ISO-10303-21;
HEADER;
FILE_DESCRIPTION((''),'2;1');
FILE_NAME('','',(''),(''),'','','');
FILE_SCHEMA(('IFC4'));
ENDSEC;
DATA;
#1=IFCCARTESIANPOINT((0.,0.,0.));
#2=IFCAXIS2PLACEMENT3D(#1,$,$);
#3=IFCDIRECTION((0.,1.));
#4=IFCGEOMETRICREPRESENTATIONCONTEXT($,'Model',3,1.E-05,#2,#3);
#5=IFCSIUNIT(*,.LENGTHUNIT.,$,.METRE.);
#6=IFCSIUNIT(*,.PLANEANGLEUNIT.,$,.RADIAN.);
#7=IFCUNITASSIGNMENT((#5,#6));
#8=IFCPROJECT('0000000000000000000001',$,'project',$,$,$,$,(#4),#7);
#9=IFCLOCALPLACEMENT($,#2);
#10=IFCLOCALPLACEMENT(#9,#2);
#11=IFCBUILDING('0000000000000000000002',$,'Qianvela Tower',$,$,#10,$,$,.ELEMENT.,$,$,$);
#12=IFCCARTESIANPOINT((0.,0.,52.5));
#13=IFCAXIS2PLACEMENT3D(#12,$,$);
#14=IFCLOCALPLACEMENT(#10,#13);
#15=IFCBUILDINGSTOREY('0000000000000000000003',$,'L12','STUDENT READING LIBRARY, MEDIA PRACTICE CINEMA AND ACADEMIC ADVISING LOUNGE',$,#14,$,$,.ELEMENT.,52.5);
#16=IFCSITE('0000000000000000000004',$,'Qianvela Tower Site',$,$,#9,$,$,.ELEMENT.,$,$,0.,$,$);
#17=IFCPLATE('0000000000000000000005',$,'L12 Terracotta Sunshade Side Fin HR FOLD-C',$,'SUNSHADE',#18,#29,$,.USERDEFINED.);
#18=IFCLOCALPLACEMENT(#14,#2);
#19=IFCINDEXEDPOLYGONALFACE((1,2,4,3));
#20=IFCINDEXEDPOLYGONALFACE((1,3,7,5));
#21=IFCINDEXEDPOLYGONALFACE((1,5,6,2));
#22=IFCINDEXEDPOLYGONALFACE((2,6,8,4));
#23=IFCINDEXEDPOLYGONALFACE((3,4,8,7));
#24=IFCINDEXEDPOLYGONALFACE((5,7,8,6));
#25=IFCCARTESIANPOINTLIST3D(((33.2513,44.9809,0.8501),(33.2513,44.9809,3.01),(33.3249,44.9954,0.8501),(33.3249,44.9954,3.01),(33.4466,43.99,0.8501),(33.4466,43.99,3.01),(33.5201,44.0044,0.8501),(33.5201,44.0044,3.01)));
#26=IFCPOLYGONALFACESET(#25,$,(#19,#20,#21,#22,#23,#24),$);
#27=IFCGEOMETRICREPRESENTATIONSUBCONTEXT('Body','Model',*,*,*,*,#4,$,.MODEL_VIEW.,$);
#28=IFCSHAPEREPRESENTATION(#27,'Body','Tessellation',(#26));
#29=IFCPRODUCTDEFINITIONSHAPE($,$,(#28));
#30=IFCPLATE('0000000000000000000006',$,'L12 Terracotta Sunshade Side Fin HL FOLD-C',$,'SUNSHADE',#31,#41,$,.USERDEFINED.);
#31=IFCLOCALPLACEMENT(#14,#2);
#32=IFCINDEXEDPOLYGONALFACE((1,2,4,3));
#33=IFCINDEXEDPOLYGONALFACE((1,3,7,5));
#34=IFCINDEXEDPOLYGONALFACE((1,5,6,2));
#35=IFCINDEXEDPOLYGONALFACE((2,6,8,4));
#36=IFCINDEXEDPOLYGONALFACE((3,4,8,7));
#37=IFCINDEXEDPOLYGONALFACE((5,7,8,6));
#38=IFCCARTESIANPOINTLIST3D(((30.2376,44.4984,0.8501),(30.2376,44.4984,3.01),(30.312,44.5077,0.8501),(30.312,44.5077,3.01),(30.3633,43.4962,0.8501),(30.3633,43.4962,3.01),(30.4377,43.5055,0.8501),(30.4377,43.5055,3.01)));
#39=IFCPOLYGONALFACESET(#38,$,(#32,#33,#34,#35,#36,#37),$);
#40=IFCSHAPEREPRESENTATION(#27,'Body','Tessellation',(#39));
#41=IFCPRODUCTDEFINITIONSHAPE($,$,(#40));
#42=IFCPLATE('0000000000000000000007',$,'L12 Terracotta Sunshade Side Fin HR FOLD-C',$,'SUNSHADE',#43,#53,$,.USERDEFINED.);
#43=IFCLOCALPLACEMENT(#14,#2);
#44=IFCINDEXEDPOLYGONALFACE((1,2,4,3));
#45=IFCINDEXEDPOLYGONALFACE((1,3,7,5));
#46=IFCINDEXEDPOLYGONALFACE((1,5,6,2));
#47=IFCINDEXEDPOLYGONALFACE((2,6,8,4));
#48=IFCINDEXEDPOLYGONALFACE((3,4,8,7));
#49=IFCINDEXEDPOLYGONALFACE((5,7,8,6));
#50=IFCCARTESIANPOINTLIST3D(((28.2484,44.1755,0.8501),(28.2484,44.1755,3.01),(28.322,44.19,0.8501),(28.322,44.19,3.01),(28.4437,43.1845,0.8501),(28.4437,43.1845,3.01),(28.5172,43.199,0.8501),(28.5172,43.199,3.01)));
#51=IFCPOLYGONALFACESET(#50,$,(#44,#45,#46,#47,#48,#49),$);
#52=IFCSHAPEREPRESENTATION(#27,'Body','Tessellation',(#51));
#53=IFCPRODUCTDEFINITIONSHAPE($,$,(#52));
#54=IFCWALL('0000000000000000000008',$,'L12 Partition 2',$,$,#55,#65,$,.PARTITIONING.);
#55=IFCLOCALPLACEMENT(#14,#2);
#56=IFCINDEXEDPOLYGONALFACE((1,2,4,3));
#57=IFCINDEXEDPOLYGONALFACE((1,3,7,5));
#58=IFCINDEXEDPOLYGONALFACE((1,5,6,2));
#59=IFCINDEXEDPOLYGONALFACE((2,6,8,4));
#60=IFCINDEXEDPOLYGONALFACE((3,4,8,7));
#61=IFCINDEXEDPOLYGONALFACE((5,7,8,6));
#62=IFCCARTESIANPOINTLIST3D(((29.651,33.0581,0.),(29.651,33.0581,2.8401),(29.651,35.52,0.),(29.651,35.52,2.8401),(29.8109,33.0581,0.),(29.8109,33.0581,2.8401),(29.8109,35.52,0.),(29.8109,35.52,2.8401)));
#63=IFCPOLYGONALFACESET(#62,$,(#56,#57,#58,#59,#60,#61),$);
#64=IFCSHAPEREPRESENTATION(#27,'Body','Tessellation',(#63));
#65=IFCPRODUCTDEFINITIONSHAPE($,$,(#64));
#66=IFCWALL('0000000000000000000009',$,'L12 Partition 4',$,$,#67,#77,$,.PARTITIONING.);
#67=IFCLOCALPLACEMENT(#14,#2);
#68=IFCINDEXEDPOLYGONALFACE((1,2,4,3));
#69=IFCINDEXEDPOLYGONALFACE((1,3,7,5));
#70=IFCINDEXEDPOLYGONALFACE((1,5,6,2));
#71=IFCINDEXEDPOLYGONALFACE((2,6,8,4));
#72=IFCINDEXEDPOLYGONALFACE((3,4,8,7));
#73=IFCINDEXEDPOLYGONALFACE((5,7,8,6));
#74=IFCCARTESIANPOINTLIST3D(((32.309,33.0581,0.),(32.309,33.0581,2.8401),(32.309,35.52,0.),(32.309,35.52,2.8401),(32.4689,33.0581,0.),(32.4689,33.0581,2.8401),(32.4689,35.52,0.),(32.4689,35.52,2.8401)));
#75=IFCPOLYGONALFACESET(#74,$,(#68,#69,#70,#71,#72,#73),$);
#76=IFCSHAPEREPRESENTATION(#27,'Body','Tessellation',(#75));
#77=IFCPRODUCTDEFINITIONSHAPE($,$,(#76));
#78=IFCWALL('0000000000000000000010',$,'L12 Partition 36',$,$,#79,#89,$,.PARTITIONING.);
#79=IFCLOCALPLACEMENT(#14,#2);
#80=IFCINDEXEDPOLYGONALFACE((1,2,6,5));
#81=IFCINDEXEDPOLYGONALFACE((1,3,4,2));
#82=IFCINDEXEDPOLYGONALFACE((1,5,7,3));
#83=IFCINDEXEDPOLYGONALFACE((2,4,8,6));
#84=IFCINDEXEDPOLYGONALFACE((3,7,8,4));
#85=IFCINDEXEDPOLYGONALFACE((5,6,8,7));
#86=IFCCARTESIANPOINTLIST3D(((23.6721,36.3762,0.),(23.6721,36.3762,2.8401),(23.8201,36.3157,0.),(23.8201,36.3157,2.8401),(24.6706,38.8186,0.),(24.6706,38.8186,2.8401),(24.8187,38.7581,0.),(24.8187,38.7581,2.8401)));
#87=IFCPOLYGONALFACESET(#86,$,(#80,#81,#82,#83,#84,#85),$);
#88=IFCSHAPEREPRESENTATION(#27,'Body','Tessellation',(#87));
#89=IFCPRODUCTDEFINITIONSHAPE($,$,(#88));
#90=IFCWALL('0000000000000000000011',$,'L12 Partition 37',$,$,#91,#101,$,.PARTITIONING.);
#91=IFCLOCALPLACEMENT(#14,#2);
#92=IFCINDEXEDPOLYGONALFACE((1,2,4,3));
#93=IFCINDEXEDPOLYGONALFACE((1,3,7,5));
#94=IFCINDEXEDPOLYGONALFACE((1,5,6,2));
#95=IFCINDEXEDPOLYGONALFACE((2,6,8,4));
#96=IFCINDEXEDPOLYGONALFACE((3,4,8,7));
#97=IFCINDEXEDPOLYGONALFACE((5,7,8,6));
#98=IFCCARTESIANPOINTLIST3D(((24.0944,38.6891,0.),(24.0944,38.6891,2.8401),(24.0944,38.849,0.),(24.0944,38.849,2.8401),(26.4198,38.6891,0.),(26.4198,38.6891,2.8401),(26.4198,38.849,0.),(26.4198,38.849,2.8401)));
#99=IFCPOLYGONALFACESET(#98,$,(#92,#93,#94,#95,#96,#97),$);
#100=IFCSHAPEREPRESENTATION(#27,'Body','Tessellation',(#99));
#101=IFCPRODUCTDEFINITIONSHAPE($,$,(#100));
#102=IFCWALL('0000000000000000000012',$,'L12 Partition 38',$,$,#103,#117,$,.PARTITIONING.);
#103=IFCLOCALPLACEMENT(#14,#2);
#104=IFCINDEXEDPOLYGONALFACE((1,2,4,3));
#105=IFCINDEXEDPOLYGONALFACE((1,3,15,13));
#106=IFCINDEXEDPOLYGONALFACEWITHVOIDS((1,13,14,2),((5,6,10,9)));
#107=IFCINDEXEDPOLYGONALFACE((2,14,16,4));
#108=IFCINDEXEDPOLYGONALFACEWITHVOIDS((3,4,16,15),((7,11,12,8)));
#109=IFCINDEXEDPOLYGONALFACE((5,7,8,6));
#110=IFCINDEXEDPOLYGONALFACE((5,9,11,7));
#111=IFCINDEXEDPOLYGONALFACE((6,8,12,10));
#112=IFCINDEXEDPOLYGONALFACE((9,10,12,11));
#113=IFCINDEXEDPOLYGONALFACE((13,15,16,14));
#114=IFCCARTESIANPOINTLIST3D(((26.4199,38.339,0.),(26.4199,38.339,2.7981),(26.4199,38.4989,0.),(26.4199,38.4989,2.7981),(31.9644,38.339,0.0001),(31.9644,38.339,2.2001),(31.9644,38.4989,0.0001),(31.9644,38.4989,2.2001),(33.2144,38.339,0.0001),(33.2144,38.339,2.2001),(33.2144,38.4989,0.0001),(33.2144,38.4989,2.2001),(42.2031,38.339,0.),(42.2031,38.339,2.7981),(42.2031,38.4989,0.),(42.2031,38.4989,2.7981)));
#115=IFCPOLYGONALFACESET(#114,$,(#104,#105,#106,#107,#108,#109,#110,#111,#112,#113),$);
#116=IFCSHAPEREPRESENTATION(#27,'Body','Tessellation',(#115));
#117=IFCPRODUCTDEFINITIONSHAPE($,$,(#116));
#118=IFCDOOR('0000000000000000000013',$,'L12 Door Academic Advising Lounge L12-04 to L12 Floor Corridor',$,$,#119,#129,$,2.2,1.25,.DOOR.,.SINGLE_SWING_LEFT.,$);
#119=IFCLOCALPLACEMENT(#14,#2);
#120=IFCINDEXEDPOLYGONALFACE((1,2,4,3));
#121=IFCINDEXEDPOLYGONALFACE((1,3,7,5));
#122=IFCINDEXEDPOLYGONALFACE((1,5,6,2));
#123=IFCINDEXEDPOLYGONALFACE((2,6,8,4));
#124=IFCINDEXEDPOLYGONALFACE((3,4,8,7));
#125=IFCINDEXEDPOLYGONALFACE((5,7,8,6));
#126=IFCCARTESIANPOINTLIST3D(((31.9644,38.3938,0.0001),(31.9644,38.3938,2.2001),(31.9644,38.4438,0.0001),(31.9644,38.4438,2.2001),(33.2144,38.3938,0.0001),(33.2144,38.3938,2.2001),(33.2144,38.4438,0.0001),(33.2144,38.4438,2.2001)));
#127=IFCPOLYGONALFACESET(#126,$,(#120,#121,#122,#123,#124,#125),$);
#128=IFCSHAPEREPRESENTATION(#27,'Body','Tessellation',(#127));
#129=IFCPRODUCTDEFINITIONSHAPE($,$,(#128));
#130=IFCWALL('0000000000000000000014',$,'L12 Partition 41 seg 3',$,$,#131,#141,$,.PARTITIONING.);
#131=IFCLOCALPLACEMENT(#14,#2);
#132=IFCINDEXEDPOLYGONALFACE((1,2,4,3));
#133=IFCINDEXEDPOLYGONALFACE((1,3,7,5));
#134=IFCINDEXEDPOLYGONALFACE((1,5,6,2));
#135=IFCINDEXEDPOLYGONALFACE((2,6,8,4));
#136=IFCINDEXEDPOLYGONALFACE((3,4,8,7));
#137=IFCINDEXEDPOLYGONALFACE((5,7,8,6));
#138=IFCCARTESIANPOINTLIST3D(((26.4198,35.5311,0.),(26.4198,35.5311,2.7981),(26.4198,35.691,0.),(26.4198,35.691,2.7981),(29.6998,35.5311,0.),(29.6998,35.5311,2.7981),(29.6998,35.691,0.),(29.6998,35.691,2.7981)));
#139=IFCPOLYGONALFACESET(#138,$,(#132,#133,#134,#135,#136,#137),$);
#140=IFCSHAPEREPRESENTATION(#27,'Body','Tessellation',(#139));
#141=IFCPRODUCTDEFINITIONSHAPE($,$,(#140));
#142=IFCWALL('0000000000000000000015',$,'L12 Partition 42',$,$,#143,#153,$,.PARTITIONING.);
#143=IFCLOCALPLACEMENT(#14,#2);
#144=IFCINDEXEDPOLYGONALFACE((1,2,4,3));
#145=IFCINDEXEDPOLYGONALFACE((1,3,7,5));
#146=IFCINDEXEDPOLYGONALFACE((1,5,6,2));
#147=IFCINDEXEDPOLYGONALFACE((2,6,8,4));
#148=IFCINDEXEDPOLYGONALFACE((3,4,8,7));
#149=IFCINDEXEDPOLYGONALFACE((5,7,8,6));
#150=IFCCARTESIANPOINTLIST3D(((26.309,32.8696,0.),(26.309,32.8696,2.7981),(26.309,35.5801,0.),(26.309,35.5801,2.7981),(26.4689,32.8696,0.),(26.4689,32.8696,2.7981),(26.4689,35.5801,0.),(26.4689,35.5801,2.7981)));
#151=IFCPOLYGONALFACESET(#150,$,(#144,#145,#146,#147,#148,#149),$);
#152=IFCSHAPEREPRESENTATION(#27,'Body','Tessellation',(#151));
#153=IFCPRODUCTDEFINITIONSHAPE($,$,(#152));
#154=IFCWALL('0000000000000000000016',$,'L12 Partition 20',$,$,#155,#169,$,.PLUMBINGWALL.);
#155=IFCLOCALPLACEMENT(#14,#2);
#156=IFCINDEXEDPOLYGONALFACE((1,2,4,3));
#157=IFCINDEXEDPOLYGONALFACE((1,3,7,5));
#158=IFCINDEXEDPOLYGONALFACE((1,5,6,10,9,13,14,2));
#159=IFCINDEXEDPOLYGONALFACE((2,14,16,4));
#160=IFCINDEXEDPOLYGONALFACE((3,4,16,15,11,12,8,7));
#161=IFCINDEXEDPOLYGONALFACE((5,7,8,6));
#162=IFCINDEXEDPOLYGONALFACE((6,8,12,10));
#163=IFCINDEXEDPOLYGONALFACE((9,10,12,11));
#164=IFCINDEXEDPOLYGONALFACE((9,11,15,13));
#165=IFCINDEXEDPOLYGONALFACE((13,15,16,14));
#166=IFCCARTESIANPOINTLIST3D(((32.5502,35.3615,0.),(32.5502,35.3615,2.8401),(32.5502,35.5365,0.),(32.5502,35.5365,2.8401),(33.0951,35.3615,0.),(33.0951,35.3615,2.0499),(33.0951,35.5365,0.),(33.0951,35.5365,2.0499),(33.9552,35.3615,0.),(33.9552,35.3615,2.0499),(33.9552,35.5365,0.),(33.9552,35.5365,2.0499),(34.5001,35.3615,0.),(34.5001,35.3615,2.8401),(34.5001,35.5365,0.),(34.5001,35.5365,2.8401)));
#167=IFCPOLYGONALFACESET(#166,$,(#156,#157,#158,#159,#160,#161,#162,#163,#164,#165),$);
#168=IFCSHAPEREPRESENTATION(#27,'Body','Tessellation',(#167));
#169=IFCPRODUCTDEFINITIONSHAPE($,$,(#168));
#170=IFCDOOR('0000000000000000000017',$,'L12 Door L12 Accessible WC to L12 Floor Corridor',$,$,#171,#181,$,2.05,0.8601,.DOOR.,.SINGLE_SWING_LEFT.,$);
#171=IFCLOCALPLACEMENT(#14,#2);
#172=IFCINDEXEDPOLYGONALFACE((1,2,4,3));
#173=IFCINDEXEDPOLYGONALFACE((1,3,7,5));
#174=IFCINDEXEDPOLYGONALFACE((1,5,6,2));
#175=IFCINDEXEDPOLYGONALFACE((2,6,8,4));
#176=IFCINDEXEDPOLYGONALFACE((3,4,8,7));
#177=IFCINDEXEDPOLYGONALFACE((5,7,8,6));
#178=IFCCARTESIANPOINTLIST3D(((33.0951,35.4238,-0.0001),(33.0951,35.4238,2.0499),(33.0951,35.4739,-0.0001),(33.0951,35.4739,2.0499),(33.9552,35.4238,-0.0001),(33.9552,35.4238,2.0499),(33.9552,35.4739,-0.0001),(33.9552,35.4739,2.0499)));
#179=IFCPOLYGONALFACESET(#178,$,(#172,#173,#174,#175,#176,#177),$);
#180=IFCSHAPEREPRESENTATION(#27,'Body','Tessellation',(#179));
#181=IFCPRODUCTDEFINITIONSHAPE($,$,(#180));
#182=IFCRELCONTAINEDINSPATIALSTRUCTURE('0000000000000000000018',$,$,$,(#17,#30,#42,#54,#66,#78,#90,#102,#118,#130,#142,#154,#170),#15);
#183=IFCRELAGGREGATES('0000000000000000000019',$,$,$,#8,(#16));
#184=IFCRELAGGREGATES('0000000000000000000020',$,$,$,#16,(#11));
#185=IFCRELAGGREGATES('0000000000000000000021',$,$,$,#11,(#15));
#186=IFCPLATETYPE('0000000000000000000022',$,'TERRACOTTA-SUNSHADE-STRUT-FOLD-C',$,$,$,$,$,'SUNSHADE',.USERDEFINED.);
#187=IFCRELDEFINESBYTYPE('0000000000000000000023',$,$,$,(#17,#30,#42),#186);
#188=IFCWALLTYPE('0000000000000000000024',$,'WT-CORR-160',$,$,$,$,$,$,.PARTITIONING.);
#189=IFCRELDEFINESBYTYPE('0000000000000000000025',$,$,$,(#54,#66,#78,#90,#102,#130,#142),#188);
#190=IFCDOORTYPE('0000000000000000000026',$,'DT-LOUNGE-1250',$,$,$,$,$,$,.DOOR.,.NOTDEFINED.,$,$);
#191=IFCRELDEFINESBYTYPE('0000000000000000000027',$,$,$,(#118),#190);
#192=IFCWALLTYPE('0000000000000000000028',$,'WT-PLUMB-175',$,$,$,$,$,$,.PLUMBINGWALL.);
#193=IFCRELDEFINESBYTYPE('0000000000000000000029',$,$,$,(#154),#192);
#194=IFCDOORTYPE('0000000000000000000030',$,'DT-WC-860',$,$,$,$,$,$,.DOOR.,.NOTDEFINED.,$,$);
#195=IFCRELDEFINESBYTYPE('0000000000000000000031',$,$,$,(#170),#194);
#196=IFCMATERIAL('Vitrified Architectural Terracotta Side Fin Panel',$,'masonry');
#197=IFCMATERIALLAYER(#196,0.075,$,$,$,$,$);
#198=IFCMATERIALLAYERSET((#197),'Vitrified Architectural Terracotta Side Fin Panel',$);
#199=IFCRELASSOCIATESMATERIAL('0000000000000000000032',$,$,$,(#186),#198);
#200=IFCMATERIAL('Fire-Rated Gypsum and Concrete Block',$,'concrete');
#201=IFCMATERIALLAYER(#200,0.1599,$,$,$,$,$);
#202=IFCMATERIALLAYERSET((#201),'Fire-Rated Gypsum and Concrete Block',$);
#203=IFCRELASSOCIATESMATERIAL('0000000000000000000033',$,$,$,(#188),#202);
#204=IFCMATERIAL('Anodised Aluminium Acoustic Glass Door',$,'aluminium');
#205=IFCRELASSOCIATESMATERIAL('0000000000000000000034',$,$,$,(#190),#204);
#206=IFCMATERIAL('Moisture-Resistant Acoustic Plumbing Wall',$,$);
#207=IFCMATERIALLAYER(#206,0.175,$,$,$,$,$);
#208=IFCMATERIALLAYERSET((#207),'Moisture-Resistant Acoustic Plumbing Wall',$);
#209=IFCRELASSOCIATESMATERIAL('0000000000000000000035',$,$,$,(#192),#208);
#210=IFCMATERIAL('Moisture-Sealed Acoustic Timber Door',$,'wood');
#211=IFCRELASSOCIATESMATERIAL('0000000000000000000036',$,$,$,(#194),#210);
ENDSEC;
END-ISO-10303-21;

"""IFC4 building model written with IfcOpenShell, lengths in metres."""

from ifc_helpers import new_model, si_unit, direction, frame, frame_2d, origin, origin_2d, place, context, subcontext, project, spatial, rectangle, extrude, material, layer, layer_set, type_object, element, fill, save


model = new_model("IFC4")

# Units and contexts
model_context = context("Model", 3, precision=1e-05, world=origin(), true_north=direction((0.0, 1.0)))
body_context = subcontext(model_context, "Body", "Model", "MODEL_VIEW")
ifc_project = project(units=[si_unit("LENGTHUNIT", "METRE"), si_unit("PLANEANGLEUNIT", "RADIAN")], contexts=[model_context])

# Site, building, storey
site_placement = place(None, origin())
site = spatial("IfcSite", under=ifc_project, at=site_placement, Name="Qianvela Tower Site", CompositionType="ELEMENT", RefElevation=0.0)
building_placement = place(site_placement, origin())
building = spatial("IfcBuilding", under=site, at=building_placement, Name="Qianvela Tower", CompositionType="ELEMENT")
storey_placement = place(building_placement, frame((0.0, 0.0, 52.5)))
storey = spatial("IfcBuildingStorey", under=building, at=storey_placement, Name="L12", Description="STUDENT READING LIBRARY, MEDIA PRACTICE CINEMA AND ACADEMIC ADVISING LOUNGE", CompositionType="ELEMENT", Elevation=52.5)

# Plates
ifc_material_1 = material(Name="Vitrified Architectural Terracotta Side Fin Panel", Category="masonry")
ifc_layer_1 = layer(ifc_material_1, 0.075)
ifc_layer_set_1 = layer_set([ifc_layer_1], Name="Vitrified Architectural Terracotta Side Fin Panel")
plate_type_1 = type_object("IfcPlateType", Name="TERRACOTTA-SUNSHADE-STRUT-FOLD-C", ElementType="SUNSHADE", PredefinedType="USERDEFINED", material=ifc_layer_set_1)
for number, where, z_axis, x_axis, name in (
    (1, (33.3857, 44.4927, 0.8501), (0.0, 0.0, 1.0), (-0.981136, -0.193317, 0.0), "L12 Terracotta Sunshade Side Fin HR FOLD-C"),
    (2, (30.3376, 44.002, 0.8501), (0.0, 0.0, 1.0), (-0.992232, -0.124405, 0.0), "L12 Terracotta Sunshade Side Fin HL FOLD-C"),
    (3, (28.3828, 43.6873, 0.8501), (0.0, 0.0, 1.0), (-0.981136, -0.193317, 0.0), "L12 Terracotta Sunshade Side Fin HR FOLD-C"),
):
    element("IfcPlate", number, at=place(storey_placement, frame(where, z_axis=z_axis, x_axis=x_axis)), inside=storey, type_object=plate_type_1, Name=name, ObjectType="SUNSHADE", PredefinedType="USERDEFINED", context=body_context, shape_type="SweptSolid", body=[
        extrude(rectangle(XDim=0.075, YDim=1.01, at=origin_2d()), origin(), (0.0, 0.0, 1.0), 2.1599),
    ])

# Wall
ifc_material_2 = material(Name="Fire-Rated Gypsum and Concrete Block", Category="concrete")
ifc_layer_2 = layer(ifc_material_2, 0.1599)
ifc_layer_set_2 = layer_set([ifc_layer_2], Name="Fire-Rated Gypsum and Concrete Block")
wall_type_1 = type_object("IfcWallType", Name="WT-CORR-160", PredefinedType="PARTITIONING", material=ifc_layer_set_2)
wall_1_placement = place(storey_placement, frame((29.731, 33.0581, 0.0), z_axis=(0.0, 0.0, 1.0), x_axis=(0.0, 1.0, 0.0)))
element("IfcWall", 4, at=wall_1_placement, inside=storey, type_object=wall_type_1, Name="L12 Partition 2", PredefinedType="PARTITIONING", context=body_context, shape_type="SweptSolid", body=[
    extrude(rectangle(XDim=2.4619, YDim=0.1599, at=frame_2d((1.231, 0.0))), origin(), (0.0, 0.0, 1.0), 2.8401),
])

# Walls
wall_2_placement = place(storey_placement, frame((32.3889, 35.52, 0.0), z_axis=(0.0, 0.0, 1.0), x_axis=(0.0, -1.0, 0.0)))
element("IfcWall", 5, at=wall_2_placement, inside=storey, type_object=wall_type_1, Name="L12 Partition 4", PredefinedType="PARTITIONING", context=body_context, shape_type="SweptSolid", body=[
    extrude(rectangle(XDim=2.4619, YDim=0.1599, at=frame_2d((1.231, 0.0))), origin(), (0.0, 0.0, 1.0), 2.8401),
])
wall_3_placement = place(storey_placement, frame((23.7461, 36.3459, 0.0), z_axis=(0.0, 0.0, 1.0), x_axis=(0.378431, 0.925629, 0.0)))
element("IfcWall", 6, at=wall_3_placement, inside=storey, type_object=wall_type_1, Name="L12 Partition 36", PredefinedType="PARTITIONING", context=body_context, shape_type="SweptSolid", body=[
    extrude(rectangle(XDim=2.6387, YDim=0.1599, at=frame_2d((1.3193, 0.0))), origin(), (0.0, 0.0, 1.0), 2.8401),
])
wall_4_placement = place(storey_placement, frame((24.0945, 38.769, 0.0), z_axis=(0.0, 0.0, 1.0), x_axis=(1.0, 0.0, 0.0)))
element("IfcWall", 7, at=wall_4_placement, inside=storey, type_object=wall_type_1, Name="L12 Partition 37", PredefinedType="PARTITIONING", context=body_context, shape_type="SweptSolid", body=[
    extrude(rectangle(XDim=2.3254, YDim=0.1599, at=frame_2d((1.1626, 0.0))), origin(), (0.0, 0.0, 1.0), 2.8401),
])

# Wall, opening, door
wall_5_placement = place(storey_placement, frame((26.4199, 38.4189, 0.0), z_axis=(0.0, 0.0, 1.0), x_axis=(1.0, 0.0, 0.0)))
wall_5 = element("IfcWall", 8, at=wall_5_placement, inside=storey, type_object=wall_type_1, Name="L12 Partition 38", PredefinedType="PARTITIONING", context=body_context, shape_type="SweptSolid", body=[
    extrude(rectangle(XDim=15.7832, YDim=0.1599, at=frame_2d((7.8916, 0.0))), origin(), (0.0, 0.0, 1.0), 2.7981),
])
opening_1_placement = place(wall_5_placement, frame((5.5444, 0.0, 0.0)))
opening_1 = element("IfcOpeningElement", 9, at=opening_1_placement, cuts=wall_5, PredefinedType="OPENING", context=body_context, shape_type="SweptSolid", body=[
    extrude(rectangle(XDim=1.25, YDim=2.2, at=frame_2d((0.625, 1.1001))), frame((0.0, 0.0898, 0.0), z_axis=(0.0, -1.0, 0.0), x_axis=(1.0, 0.0, 0.0)), (0.0, 0.0, 1.0), 0.1799),
])
ifc_material_3 = material(Name="Anodised Aluminium Acoustic Glass Door", Category="aluminium")
door_type_1 = type_object("IfcDoorType", Name="DT-LOUNGE-1250", OperationType="NOTDEFINED", PredefinedType="DOOR", material=ifc_material_3)
door_1_placement = place(opening_1_placement, origin())
door_1 = element("IfcDoor", 10, at=door_1_placement, inside=storey, type_object=door_type_1, Name="L12 Door Academic Advising Lounge L12-04 to L12 Floor Corridor", OperationType="SINGLE_SWING_LEFT", OverallHeight=2.2, OverallWidth=1.25, PredefinedType="DOOR", context=body_context, shape_type="SweptSolid", body=[
    extrude(rectangle(XDim=1.25, YDim=2.2, at=frame_2d((0.625, 1.1001))), frame((0.0, 0.0249, 0.0), z_axis=(0.0, -1.0, 0.0), x_axis=(1.0, 0.0, 0.0)), (0.0, 0.0, 1.0), 0.05),
])
fill(opening_1, door_1)

# Walls
wall_6_placement = place(storey_placement, frame((29.7, 35.6111, 0.0), z_axis=(0.0, 0.0, 1.0), x_axis=(-1.0, 0.0, 0.0)))
element("IfcWall", 11, at=wall_6_placement, inside=storey, type_object=wall_type_1, Name="L12 Partition 41 seg 3", PredefinedType="PARTITIONING", context=body_context, shape_type="SweptSolid", body=[
    extrude(rectangle(XDim=3.28, YDim=0.1599, at=frame_2d((1.6401, 0.0))), origin(), (0.0, 0.0, 1.0), 2.7981),
])
wall_7_placement = place(storey_placement, frame((26.3889, 35.5801, 0.0), z_axis=(0.0, 0.0, 1.0), x_axis=(0.0, -1.0, 0.0)))
element("IfcWall", 12, at=wall_7_placement, inside=storey, type_object=wall_type_1, Name="L12 Partition 42", PredefinedType="PARTITIONING", context=body_context, shape_type="SweptSolid", body=[
    extrude(rectangle(XDim=2.7104, YDim=0.1599, at=frame_2d((1.3552, 0.0))), origin(), (0.0, 0.0, 1.0), 2.7981),
])

# Wall, opening, door
ifc_material_4 = material(Name="Moisture-Resistant Acoustic Plumbing Wall")
ifc_layer_3 = layer(ifc_material_4, 0.175)
ifc_layer_set_3 = layer_set([ifc_layer_3], Name="Moisture-Resistant Acoustic Plumbing Wall")
wall_type_2 = type_object("IfcWallType", Name="WT-PLUMB-175", PredefinedType="PLUMBINGWALL", material=ifc_layer_set_3)
wall_8_placement = place(storey_placement, frame((32.55, 35.449, 0.0), z_axis=(0.0, 0.0, 1.0), x_axis=(1.0, 0.0, 0.0)))
wall_8 = element("IfcWall", 13, at=wall_8_placement, inside=storey, type_object=wall_type_2, Name="L12 Partition 20", PredefinedType="PLUMBINGWALL", context=body_context, shape_type="SweptSolid", body=[
    extrude(rectangle(XDim=1.95, YDim=0.175, at=frame_2d((0.9751, 0.0))), origin(), (0.0, 0.0, 1.0), 2.8401),
])
opening_2_placement = place(wall_8_placement, frame((0.5449, 0.0, 0.0)))
opening_2 = element("IfcOpeningElement", 14, at=opening_2_placement, cuts=wall_8, PredefinedType="OPENING", context=body_context, shape_type="SweptSolid", body=[
    extrude(rectangle(XDim=0.8601, YDim=2.05, at=frame_2d((0.4302, 1.0249))), frame((0.0, 0.0974, 0.0), z_axis=(0.0, -1.0, 0.0), x_axis=(1.0, 0.0, 0.0)), (0.0, 0.0, 1.0), 0.1951),
])
ifc_material_5 = material(Name="Moisture-Sealed Acoustic Timber Door", Category="wood")
door_type_2 = type_object("IfcDoorType", Name="DT-WC-860", OperationType="NOTDEFINED", PredefinedType="DOOR", material=ifc_material_5)
door_2_placement = place(opening_2_placement, origin())
door_2 = element("IfcDoor", 15, at=door_2_placement, inside=storey, type_object=door_type_2, Name="L12 Door L12 Accessible WC to L12 Floor Corridor", OperationType="SINGLE_SWING_LEFT", OverallHeight=2.05, OverallWidth=0.8601, PredefinedType="DOOR", context=body_context, shape_type="SweptSolid", body=[
    extrude(rectangle(XDim=0.8601, YDim=2.05, at=frame_2d((0.4302, 1.0249))), frame((0.0, 0.0249, 0.0), z_axis=(0.0, -1.0, 0.0), x_axis=(1.0, 0.0, 0.0)), (0.0, 0.0, 1.0), 0.05),
])
fill(opening_2, door_2)

save(model, "model.ifc")
